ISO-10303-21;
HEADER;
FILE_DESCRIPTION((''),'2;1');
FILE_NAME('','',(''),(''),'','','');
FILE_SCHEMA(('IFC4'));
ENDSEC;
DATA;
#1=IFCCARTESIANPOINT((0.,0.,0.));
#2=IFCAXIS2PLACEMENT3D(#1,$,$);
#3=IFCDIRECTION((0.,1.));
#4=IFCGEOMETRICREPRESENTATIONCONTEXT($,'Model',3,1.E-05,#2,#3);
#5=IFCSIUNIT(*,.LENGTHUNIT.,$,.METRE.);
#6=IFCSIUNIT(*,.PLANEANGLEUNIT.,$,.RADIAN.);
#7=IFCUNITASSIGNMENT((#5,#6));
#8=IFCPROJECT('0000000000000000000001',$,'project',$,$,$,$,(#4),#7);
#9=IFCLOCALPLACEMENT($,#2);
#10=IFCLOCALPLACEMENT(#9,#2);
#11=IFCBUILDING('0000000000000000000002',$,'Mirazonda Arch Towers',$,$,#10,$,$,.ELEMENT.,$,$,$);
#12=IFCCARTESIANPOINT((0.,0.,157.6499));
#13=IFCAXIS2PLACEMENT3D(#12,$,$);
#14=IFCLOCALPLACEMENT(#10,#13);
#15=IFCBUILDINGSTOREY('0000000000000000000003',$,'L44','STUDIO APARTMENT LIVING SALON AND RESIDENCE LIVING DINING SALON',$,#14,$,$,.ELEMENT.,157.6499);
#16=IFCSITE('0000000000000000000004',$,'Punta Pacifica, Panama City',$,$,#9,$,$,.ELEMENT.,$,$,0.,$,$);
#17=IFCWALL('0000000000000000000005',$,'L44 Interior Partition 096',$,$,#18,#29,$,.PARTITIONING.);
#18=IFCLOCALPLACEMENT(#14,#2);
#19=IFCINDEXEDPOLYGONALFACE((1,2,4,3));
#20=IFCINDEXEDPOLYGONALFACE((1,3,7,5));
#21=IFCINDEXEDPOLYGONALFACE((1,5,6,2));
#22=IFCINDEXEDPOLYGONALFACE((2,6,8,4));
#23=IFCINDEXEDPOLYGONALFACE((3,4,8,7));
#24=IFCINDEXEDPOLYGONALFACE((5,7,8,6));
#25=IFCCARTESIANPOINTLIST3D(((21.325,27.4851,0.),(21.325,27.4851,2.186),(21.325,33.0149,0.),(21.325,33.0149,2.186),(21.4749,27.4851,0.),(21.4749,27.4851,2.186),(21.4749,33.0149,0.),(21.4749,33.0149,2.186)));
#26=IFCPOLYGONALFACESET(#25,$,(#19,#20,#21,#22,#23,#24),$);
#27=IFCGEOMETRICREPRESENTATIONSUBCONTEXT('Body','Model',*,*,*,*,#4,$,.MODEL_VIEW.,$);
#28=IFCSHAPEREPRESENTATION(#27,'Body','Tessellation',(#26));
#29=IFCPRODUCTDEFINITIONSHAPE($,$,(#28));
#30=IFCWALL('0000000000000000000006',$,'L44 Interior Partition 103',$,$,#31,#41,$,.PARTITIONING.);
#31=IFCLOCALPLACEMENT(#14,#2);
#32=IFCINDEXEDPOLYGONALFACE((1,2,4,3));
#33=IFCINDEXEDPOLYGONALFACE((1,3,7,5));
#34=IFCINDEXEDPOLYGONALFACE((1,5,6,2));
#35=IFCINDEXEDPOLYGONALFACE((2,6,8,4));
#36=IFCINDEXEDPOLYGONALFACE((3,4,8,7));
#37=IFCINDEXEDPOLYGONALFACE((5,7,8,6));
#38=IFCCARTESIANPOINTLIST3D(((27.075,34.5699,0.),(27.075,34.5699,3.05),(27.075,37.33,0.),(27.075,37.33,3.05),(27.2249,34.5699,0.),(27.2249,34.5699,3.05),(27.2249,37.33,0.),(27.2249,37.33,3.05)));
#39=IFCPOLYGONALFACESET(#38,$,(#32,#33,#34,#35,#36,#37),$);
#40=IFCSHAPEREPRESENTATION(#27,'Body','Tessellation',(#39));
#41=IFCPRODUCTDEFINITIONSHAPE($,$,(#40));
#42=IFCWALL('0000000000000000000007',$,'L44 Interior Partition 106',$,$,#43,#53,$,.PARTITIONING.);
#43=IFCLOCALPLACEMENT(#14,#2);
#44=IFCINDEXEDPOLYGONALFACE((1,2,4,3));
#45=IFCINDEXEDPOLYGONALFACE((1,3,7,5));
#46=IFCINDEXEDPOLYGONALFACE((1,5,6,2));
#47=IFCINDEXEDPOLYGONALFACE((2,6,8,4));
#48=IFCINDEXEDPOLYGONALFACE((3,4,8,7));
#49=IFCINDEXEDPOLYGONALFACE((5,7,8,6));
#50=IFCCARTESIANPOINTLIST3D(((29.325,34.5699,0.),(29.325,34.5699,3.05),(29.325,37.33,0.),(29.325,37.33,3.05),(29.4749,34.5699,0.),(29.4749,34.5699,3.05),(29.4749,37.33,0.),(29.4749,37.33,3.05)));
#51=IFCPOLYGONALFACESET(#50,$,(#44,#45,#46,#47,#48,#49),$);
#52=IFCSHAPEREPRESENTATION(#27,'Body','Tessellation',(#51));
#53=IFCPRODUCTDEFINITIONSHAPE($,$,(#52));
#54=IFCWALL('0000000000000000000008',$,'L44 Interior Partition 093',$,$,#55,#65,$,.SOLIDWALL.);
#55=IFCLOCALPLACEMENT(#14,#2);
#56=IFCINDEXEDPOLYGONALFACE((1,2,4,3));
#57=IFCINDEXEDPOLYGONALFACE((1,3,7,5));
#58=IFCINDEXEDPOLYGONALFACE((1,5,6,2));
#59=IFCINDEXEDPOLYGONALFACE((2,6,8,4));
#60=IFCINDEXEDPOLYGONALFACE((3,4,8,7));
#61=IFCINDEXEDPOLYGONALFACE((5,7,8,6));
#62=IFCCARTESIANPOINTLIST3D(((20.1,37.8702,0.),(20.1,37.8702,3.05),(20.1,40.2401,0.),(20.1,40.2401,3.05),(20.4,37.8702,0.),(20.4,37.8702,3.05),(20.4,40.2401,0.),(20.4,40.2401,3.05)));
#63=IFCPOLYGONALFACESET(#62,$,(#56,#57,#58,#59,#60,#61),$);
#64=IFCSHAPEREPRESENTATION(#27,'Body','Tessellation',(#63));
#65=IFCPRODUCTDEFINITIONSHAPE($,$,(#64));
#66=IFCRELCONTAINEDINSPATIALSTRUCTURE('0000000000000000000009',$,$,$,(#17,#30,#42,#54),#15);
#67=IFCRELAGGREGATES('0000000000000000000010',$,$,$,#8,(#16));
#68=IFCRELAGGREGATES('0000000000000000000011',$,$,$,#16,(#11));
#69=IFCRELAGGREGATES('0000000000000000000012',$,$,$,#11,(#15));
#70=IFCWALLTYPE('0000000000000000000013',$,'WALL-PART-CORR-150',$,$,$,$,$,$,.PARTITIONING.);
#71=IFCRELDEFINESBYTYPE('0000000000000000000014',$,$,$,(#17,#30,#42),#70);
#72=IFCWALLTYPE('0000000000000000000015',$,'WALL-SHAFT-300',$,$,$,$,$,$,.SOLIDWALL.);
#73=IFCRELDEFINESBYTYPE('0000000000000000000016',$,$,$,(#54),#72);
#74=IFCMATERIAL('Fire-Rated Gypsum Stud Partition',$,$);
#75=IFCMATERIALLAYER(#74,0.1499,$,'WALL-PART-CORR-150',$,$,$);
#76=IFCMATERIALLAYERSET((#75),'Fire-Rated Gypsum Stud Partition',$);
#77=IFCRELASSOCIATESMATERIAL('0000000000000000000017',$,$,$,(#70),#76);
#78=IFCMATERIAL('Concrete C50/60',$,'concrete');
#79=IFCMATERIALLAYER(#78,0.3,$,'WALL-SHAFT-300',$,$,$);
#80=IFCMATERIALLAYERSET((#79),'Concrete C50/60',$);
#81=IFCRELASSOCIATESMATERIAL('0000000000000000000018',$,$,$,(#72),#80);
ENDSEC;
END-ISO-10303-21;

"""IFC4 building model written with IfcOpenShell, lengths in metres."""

from ifc_helpers import new_model, si_unit, direction, frame, frame_2d, origin, place, context, subcontext, project, spatial, rectangle, extrude, material, layer, layer_set, type_object, element, save


model = new_model("IFC4")

# Units and contexts
model_context = context("Model", 3, precision=1e-05, world=origin(), true_north=direction((0.0, 1.0)))
body_context = subcontext(model_context, "Body", "Model", "MODEL_VIEW")
ifc_project = project(units=[si_unit("LENGTHUNIT", "METRE"), si_unit("PLANEANGLEUNIT", "RADIAN")], contexts=[model_context])

# Site, building, storey
site_placement = place(None, origin())
site = spatial("IfcSite", under=ifc_project, at=site_placement, Name="Punta Pacifica, Panama City", CompositionType="ELEMENT", RefElevation=0.0)
building_placement = place(site_placement, origin())
building = spatial("IfcBuilding", under=site, at=building_placement, Name="Mirazonda Arch Towers", CompositionType="ELEMENT")
storey_placement = place(building_placement, frame((0.0, 0.0, 157.6499)))
storey = spatial("IfcBuildingStorey", under=building, at=storey_placement, Name="L44", Description="STUDIO APARTMENT LIVING SALON AND RESIDENCE LIVING DINING SALON", CompositionType="ELEMENT", Elevation=157.6499)

# Shared definitions
ifc_material_1 = material(Name="Concrete C50/60", Category="concrete")
ifc_material_2 = material(Name="Fire-Rated Gypsum Stud Partition")
ifc_layer_1 = layer(ifc_material_2, 0.1499, Name="WALL-PART-CORR-150")
ifc_layer_set_1 = layer_set([ifc_layer_1], Name="Fire-Rated Gypsum Stud Partition")
wall_type_1 = type_object("IfcWallType", Name="WALL-PART-CORR-150", PredefinedType="PARTITIONING", material=ifc_layer_set_1)

# Walls
for number, where, z_axis, x_axis, name in (
    (1, (21.3999, 27.4851, 0.0), (0.0, 0.0, 1.0), (0.0, 1.0, 0.0), "L44 Interior Partition 096"),
):
    element("IfcWall", number, at=place(storey_placement, frame(where, z_axis=z_axis, x_axis=x_axis)), inside=storey, type_object=wall_type_1, Name=name, PredefinedType="PARTITIONING", context=body_context, shape_type="SweptSolid", body=[
        extrude(rectangle(XDim=5.5298, YDim=0.1499, at=frame_2d((2.7649, 0.0))), origin(), (0.0, 0.0, 1.0), 2.186),
    ])
for number, where, z_axis, x_axis, name in (
    (2, (27.1499, 34.5701, 0.0), (0.0, 0.0, 1.0), (0.0, 1.0, 0.0), "L44 Interior Partition 103"),
    (3, (29.3999, 34.5701, 0.0), (0.0, 0.0, 1.0), (0.0, 1.0, 0.0), "L44 Interior Partition 106"),
):
    element("IfcWall", number, at=place(storey_placement, frame(where, z_axis=z_axis, x_axis=x_axis)), inside=storey, type_object=wall_type_1, Name=name, PredefinedType="PARTITIONING", context=body_context, shape_type="SweptSolid", body=[
        extrude(rectangle(XDim=2.76, YDim=0.1499, at=frame_2d((1.3799, 0.0))), origin(), (0.0, 0.0, 1.0), 3.05),
    ])
ifc_layer_2 = layer(ifc_material_1, 0.3, Name="WALL-SHAFT-300")
ifc_layer_set_2 = layer_set([ifc_layer_2], Name="Concrete C50/60")
wall_type_2 = type_object("IfcWallType", Name="WALL-SHAFT-300", PredefinedType="SOLIDWALL", material=ifc_layer_set_2)
wall_1_placement = place(storey_placement, frame((20.25, 37.8701, 0.0), z_axis=(0.0, 0.0, 1.0), x_axis=(0.0, 1.0, 0.0)))
element("IfcWall", 4, at=wall_1_placement, inside=storey, type_object=wall_type_2, Name="L44 Interior Partition 093", PredefinedType="SOLIDWALL", context=body_context, shape_type="SweptSolid", body=[
    extrude(rectangle(XDim=2.3699, YDim=0.3, at=frame_2d((1.1851, 0.0))), origin(), (0.0, 0.0, 1.0), 3.05),
])

save(model, "model.ifc")
